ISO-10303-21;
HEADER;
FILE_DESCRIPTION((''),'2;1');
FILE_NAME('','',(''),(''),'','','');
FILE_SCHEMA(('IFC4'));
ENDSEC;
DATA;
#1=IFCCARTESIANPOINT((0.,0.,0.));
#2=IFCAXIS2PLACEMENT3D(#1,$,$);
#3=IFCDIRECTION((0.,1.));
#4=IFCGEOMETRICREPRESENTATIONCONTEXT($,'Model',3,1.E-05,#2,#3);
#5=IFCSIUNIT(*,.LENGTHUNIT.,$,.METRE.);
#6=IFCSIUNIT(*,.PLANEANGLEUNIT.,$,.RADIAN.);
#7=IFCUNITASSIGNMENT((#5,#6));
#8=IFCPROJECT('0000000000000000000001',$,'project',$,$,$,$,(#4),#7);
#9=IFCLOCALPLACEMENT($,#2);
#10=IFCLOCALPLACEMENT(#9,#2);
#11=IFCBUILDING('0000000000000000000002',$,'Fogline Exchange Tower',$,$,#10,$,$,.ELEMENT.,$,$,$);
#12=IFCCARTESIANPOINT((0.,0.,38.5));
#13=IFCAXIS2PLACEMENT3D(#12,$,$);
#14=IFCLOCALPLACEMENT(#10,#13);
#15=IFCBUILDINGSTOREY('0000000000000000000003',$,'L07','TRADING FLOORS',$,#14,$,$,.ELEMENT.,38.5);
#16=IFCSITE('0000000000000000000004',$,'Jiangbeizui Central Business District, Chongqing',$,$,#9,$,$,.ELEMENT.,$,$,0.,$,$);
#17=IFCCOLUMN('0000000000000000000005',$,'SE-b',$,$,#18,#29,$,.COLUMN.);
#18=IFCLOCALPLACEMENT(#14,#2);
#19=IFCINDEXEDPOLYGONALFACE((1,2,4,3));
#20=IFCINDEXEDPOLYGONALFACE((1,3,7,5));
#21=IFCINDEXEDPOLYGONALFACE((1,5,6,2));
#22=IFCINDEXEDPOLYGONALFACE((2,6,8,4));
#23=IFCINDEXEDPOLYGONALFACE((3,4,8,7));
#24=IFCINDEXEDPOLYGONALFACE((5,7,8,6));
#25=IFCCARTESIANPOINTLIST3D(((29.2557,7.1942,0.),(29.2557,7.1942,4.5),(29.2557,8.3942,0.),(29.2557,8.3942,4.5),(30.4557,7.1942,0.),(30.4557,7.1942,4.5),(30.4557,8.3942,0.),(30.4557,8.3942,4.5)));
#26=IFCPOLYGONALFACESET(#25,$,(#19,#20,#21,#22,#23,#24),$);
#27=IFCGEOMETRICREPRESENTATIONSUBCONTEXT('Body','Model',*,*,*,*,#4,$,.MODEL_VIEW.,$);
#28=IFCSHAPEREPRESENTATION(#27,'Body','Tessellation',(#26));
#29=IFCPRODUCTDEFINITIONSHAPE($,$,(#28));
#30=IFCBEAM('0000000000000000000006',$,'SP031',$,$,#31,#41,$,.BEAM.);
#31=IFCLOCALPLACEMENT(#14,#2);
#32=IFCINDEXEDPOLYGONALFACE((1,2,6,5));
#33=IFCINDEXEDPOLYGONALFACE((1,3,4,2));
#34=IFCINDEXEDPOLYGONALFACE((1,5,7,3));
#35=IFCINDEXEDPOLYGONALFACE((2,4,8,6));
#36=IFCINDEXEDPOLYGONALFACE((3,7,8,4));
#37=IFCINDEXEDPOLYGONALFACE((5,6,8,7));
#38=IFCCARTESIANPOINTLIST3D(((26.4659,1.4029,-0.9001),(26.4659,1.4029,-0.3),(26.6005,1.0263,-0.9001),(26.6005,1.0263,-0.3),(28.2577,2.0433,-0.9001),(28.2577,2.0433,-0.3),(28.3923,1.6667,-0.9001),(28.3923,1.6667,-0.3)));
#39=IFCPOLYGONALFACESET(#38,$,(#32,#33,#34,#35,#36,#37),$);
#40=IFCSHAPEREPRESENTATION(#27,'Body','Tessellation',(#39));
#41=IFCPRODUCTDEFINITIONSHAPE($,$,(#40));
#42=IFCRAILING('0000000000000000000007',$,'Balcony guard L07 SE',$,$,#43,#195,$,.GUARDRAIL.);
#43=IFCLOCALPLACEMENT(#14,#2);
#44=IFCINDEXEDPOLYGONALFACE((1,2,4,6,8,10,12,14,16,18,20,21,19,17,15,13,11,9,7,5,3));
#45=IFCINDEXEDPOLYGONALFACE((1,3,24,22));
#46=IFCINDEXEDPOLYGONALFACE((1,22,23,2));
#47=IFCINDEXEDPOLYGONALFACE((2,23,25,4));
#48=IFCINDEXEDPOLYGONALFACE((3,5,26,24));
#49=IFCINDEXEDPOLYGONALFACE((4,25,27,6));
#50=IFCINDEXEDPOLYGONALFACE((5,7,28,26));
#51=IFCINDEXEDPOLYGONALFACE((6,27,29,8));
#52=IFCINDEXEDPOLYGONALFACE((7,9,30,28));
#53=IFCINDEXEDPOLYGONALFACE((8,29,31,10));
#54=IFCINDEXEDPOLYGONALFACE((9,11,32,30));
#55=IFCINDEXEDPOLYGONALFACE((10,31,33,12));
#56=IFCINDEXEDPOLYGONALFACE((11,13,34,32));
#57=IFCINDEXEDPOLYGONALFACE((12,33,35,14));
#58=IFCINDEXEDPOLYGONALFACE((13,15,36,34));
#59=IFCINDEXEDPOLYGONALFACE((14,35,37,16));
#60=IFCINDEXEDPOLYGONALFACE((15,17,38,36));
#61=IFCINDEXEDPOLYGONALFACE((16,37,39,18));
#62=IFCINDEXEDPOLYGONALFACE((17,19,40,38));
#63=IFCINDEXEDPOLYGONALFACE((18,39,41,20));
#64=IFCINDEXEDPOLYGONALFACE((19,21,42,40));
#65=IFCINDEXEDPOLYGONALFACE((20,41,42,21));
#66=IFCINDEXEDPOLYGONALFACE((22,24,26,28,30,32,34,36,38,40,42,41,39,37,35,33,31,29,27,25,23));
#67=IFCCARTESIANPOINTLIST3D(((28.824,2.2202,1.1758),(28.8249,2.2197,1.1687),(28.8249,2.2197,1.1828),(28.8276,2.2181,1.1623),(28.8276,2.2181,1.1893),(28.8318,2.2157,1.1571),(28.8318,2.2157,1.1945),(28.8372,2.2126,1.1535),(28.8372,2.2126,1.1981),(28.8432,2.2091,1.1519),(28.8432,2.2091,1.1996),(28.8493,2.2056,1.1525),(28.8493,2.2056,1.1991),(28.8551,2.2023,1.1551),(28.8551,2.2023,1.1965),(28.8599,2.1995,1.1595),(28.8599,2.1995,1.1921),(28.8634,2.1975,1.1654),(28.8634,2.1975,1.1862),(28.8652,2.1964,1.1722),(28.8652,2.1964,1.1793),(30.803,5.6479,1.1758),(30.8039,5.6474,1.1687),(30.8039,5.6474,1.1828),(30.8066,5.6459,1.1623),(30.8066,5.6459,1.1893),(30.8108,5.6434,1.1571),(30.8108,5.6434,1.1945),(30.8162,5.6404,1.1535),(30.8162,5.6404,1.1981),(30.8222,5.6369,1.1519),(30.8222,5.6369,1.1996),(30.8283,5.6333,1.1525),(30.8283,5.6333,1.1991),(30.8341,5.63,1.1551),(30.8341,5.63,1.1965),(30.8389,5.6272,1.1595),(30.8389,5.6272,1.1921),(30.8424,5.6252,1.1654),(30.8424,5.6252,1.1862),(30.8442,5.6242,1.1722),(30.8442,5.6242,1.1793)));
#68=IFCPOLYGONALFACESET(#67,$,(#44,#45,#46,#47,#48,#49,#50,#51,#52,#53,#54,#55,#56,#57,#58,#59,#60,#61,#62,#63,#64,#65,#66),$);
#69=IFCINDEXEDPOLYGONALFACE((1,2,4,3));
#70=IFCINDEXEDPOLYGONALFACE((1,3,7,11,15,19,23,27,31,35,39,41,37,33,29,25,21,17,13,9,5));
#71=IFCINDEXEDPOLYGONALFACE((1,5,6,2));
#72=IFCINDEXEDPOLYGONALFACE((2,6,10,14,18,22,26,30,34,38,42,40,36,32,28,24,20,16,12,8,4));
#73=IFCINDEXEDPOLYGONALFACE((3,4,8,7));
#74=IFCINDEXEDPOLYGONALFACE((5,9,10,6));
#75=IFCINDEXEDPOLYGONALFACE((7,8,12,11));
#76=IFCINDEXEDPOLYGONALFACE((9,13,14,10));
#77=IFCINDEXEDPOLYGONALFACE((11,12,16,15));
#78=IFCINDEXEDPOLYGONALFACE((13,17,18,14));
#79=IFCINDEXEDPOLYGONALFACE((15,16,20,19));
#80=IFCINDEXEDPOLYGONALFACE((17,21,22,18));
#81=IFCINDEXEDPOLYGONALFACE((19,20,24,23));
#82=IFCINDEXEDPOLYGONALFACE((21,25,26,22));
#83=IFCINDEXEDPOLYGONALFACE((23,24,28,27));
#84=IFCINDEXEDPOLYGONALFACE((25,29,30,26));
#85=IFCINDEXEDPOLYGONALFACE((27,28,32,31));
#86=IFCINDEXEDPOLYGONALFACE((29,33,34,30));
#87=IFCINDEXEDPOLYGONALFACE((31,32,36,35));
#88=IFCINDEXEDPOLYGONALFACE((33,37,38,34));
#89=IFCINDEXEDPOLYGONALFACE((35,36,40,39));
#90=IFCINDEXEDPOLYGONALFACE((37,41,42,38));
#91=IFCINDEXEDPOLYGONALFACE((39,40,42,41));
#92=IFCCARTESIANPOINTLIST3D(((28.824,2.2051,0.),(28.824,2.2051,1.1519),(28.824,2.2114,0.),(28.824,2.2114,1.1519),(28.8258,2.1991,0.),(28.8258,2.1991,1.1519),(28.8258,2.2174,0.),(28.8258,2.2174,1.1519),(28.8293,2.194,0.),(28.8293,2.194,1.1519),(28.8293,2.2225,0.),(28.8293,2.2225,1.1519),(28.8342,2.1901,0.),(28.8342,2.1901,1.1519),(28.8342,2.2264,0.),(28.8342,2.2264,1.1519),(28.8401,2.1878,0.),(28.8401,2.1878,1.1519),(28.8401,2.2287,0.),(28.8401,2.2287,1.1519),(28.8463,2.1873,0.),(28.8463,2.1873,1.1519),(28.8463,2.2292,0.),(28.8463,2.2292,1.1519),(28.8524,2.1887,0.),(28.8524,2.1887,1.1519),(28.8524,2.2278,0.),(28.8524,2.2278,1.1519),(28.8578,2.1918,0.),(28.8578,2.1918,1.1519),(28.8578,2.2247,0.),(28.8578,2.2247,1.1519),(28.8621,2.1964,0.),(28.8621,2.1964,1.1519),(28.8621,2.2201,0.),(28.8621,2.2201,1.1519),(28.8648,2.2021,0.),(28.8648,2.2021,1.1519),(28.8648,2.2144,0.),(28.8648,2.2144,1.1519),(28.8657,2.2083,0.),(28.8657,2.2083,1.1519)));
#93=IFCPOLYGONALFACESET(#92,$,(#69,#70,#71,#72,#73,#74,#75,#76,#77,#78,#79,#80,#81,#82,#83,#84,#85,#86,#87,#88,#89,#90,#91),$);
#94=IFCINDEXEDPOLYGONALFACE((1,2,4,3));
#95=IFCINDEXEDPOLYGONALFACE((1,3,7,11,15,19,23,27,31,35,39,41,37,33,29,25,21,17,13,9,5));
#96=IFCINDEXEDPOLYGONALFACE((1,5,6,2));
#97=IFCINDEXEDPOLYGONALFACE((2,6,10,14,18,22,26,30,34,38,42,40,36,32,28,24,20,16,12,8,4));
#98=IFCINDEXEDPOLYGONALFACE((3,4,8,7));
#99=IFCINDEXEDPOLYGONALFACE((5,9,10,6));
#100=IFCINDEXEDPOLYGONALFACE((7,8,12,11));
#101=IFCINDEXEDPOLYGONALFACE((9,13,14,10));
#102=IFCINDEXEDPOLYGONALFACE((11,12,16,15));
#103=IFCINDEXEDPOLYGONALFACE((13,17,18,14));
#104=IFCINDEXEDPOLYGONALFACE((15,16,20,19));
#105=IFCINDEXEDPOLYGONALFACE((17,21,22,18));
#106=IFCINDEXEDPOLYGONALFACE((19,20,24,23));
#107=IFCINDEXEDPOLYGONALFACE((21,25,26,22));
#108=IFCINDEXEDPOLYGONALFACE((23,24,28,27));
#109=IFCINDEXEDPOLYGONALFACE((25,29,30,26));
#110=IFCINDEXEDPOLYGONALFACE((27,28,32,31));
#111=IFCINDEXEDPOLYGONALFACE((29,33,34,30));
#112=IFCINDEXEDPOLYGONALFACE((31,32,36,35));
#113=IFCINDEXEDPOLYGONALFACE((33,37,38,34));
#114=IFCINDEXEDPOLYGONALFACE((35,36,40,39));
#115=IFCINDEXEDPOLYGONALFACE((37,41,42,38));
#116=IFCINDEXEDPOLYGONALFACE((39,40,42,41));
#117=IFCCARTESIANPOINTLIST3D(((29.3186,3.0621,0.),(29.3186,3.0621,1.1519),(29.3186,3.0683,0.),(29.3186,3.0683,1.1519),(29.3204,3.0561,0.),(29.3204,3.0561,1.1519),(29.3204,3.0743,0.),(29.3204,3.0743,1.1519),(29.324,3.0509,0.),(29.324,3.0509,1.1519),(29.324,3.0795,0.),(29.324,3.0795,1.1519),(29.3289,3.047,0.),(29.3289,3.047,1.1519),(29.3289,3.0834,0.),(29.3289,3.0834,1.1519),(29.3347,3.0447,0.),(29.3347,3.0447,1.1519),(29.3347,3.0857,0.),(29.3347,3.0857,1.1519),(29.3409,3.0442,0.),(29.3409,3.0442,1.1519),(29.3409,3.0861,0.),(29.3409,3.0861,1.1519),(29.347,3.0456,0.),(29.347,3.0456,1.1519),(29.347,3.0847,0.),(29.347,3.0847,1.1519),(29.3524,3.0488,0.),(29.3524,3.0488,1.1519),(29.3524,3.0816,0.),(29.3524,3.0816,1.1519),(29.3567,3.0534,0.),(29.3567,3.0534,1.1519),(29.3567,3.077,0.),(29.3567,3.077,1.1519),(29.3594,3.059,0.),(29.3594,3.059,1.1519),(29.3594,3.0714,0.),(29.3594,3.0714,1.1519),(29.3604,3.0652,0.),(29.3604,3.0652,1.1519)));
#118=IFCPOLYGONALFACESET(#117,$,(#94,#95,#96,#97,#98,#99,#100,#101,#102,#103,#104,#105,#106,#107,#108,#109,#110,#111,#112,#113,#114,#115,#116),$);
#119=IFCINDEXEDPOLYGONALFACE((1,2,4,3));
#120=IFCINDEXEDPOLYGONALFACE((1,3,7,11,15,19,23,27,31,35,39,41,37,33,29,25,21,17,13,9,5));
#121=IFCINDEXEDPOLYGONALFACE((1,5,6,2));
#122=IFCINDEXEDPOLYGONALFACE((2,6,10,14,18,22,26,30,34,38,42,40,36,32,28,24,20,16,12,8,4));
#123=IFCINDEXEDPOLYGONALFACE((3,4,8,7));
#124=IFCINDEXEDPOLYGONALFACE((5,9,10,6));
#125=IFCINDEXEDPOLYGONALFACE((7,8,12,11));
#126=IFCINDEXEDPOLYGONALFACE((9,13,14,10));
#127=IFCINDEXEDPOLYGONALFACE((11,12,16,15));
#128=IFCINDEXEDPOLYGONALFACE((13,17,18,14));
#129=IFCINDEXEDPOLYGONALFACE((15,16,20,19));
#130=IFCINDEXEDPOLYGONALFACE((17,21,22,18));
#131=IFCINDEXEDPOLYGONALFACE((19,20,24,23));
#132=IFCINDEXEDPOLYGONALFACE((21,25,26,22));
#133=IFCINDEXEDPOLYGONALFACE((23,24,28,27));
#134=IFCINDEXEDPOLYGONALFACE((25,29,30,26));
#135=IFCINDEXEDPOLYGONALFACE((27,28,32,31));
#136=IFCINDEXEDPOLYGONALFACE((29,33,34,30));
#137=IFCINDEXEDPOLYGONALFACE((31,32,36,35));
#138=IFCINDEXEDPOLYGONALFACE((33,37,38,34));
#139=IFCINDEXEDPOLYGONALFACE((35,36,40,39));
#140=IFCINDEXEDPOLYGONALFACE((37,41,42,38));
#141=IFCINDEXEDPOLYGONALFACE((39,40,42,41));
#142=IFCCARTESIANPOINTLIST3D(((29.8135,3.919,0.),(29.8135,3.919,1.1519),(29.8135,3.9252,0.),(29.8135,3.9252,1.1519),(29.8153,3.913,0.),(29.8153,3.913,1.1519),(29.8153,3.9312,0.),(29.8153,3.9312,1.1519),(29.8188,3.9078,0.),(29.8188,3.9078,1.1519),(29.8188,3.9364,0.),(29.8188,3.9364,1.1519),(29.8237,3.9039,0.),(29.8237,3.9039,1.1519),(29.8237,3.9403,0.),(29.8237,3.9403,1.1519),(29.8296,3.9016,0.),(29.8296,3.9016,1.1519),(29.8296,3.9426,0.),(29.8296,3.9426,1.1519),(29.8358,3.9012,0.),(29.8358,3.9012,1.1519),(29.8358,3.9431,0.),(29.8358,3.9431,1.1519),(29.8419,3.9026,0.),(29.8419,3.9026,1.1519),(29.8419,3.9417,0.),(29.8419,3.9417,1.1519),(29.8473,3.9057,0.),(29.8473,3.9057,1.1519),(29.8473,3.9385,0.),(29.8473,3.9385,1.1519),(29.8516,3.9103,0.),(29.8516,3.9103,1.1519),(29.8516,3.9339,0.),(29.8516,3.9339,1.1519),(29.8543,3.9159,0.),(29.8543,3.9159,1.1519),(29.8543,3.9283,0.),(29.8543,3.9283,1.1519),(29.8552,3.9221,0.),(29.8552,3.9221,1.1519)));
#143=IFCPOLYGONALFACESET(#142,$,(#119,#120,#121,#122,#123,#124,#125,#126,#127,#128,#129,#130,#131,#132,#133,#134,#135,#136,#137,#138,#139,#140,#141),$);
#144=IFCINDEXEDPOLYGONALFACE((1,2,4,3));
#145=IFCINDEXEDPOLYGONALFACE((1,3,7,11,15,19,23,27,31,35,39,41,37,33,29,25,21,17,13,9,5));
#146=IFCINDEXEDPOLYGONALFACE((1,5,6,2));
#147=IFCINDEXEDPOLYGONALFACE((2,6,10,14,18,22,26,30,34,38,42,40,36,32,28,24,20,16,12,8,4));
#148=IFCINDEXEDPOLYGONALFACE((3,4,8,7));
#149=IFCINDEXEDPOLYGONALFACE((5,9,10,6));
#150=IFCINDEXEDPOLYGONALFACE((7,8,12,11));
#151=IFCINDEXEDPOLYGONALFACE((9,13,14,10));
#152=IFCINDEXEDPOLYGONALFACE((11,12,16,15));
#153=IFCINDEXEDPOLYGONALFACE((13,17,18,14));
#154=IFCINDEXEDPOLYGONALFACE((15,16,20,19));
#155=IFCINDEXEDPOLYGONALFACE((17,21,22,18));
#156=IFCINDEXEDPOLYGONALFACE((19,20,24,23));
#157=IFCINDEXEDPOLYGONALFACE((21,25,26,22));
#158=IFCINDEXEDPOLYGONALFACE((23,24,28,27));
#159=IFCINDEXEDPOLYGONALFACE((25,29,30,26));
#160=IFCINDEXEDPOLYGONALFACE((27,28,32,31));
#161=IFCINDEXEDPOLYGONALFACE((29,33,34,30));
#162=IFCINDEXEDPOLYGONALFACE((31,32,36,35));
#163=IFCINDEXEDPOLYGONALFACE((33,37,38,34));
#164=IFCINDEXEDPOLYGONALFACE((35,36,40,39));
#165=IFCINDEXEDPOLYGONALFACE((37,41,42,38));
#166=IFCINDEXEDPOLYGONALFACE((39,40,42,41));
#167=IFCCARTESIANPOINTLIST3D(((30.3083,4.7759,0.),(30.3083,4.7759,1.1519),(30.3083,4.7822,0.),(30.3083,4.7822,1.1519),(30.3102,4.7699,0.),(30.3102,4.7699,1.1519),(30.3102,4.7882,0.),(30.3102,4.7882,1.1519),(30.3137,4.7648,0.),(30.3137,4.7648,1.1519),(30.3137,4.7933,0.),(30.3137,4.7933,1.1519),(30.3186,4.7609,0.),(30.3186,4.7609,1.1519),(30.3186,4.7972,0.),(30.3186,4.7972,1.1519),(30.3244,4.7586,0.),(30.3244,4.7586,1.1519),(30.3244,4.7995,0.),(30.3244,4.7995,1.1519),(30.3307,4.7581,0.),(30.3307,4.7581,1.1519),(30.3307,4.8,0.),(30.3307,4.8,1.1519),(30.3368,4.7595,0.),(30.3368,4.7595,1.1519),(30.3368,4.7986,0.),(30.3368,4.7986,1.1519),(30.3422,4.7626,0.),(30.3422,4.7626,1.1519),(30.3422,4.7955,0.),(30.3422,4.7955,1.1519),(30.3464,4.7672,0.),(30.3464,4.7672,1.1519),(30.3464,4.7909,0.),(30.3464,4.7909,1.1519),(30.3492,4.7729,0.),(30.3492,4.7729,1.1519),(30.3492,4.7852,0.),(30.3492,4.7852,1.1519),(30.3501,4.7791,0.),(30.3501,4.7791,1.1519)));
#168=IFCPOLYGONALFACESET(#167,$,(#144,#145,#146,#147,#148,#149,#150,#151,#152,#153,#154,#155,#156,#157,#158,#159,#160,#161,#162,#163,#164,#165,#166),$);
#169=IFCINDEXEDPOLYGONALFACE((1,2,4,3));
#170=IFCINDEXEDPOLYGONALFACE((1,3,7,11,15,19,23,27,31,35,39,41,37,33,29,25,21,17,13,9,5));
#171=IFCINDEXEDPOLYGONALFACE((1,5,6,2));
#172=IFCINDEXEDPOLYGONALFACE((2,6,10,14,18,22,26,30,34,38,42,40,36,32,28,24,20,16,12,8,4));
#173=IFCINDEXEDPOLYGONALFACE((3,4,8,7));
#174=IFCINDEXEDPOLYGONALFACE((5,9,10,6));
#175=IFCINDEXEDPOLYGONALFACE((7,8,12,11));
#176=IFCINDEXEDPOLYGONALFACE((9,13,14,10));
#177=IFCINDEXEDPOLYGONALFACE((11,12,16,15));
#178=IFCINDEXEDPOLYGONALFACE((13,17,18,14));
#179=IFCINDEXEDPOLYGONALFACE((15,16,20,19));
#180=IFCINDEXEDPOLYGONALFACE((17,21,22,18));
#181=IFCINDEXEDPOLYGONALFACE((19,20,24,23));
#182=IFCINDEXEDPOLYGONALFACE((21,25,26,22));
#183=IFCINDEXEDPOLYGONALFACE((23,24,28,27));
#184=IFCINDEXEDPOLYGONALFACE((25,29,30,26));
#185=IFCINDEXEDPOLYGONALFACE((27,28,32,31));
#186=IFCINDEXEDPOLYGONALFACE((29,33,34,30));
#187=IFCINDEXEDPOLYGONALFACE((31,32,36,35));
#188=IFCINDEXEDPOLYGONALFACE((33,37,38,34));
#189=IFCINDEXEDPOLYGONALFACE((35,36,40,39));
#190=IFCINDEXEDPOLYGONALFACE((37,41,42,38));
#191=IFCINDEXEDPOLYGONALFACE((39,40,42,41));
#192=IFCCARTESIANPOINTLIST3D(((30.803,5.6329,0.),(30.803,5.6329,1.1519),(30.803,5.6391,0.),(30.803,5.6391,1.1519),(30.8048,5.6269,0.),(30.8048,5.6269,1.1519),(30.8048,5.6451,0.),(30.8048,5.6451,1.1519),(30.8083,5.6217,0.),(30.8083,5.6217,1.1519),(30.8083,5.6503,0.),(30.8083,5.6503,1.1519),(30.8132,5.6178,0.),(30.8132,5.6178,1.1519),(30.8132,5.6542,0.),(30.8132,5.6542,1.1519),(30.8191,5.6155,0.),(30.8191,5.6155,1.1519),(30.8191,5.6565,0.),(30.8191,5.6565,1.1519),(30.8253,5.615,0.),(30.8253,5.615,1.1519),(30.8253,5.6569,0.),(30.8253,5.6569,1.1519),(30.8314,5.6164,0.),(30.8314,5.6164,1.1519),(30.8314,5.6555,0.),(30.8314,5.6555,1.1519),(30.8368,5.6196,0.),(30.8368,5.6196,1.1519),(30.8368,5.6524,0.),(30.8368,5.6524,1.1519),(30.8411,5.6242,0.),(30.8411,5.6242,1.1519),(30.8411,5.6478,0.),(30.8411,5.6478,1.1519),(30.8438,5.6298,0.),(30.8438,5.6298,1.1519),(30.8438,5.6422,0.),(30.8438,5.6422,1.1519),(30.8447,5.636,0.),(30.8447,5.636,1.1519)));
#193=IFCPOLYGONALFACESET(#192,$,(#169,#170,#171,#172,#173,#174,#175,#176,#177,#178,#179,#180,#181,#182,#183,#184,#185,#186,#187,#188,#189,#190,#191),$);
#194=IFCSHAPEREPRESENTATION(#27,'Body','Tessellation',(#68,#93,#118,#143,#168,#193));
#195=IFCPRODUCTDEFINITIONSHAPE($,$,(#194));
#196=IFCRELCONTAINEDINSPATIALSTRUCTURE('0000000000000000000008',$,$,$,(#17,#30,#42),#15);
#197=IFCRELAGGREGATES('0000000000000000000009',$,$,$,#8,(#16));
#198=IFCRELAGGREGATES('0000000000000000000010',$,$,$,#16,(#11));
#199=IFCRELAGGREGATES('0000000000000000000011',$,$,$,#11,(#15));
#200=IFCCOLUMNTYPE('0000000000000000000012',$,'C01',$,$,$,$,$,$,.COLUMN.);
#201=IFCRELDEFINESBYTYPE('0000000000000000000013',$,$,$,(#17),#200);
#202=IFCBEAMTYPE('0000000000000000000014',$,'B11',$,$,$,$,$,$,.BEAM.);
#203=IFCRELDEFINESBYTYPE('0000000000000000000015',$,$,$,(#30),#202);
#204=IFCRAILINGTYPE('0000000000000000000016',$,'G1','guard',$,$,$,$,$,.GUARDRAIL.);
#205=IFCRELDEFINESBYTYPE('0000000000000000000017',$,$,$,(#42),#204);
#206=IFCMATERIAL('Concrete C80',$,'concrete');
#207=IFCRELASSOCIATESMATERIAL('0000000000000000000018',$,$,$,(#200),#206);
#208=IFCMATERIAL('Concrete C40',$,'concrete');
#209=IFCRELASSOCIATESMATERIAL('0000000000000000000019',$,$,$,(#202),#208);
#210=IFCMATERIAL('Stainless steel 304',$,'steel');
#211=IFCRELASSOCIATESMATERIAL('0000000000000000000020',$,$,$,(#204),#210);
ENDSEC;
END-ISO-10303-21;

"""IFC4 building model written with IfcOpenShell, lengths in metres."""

from ifc_helpers import new_model, si_unit, direction, frame, origin, origin_2d, place, context, subcontext, project, spatial, rectangle, circle, extrude, material, material_profile, profile_set, type_object, element, save


model = new_model("IFC4")

# Units and contexts
model_context = context("Model", 3, precision=1e-05, world=origin(), true_north=direction((0.0, 1.0)))
body_context = subcontext(model_context, "Body", "Model", "MODEL_VIEW")
ifc_project = project(units=[si_unit("LENGTHUNIT", "METRE"), si_unit("PLANEANGLEUNIT", "RADIAN")], contexts=[model_context])

# Site, building, storey
site_placement = place(None, origin())
site = spatial("IfcSite", under=ifc_project, at=site_placement, Name="Jiangbeizui Central Business District, Chongqing", CompositionType="ELEMENT", RefElevation=0.0)
building_placement = place(site_placement, origin())
building = spatial("IfcBuilding", under=site, at=building_placement, Name="Fogline Exchange Tower", CompositionType="ELEMENT")
storey_placement = place(building_placement, frame((0.0, 0.0, 38.5)))
storey = spatial("IfcBuildingStorey", under=building, at=storey_placement, Name="L07", Description="TRADING FLOORS", CompositionType="ELEMENT", Elevation=38.5)

# Column
ifc_material_1 = material(Name="Concrete C80", Category="concrete")
ifc_material_profile_1 = material_profile(ifc_material_1, rectangle(XDim=1.2, YDim=1.2, at=origin_2d()), Name="RC 1200x1200")
ifc_profile_set_1 = profile_set([ifc_material_profile_1], Name="Concrete C80")
column_type = type_object("IfcColumnType", Name="C01", PredefinedType="COLUMN", material=ifc_profile_set_1)
column_placement = place(storey_placement, frame((29.8557, 7.7942, 0.0), z_axis=(0.0, 0.0, 1.0), x_axis=(1.0, 0.0, 0.0)))
element("IfcColumn", 1, at=column_placement, inside=storey, type_object=column_type, Name="SE-b", PredefinedType="COLUMN", context=body_context, shape_type="SweptSolid", body=[
    extrude(rectangle(XDim=1.2, YDim=1.2, at=origin_2d()), origin(), (0.0, 0.0, 1.0), 4.5),
])

# Beam
ifc_material_2 = material(Name="Concrete C40", Category="concrete")
ifc_material_profile_2 = material_profile(ifc_material_2, rectangle(XDim=0.3999, YDim=0.6001, at=origin_2d()), Name="RC 400x600")
ifc_profile_set_2 = profile_set([ifc_material_profile_2], Name="Concrete C40")
beam_type = type_object("IfcBeamType", Name="B11", PredefinedType="BEAM", material=ifc_profile_set_2)
beam_placement = place(storey_placement, frame((26.5332, 1.2146, -0.6001), z_axis=(0.941664, 0.336556, 0.0), x_axis=(-0.336556, 0.941664, 0.0)))
element("IfcBeam", 2, at=beam_placement, inside=storey, type_object=beam_type, Name="SP031", PredefinedType="BEAM", context=body_context, shape_type="SweptSolid", body=[
    extrude(rectangle(XDim=0.3999, YDim=0.6001, at=origin_2d()), origin(), (0.0, 0.0, 1.0), 1.9028),
])

# Railing
ifc_material_3 = material(Name="Stainless steel 304", Category="steel")
railing_type = type_object("IfcRailingType", Name="G1", Description="guard", PredefinedType="GUARDRAIL", material=ifc_material_3)
railing_placement = place(storey_placement, frame((28.8447, 2.2083, 0.0)))
element("IfcRailing", 3, at=railing_placement, inside=storey, type_object=railing_type, Name="Balcony guard L07 SE", PredefinedType="GUARDRAIL", context=body_context, shape_type="SweptSolid", body=[
    extrude(circle(Radius=0.0239, at=origin_2d()), frame((0.0, 0.0, 1.1758), z_axis=(0.5, 0.866025, 0.0), x_axis=(-0.866025, 0.5, 0.0)), (0.0, 0.0, 1.0), 3.958),
    extrude(circle(Radius=0.021, at=origin_2d()), origin(), (0.0, 0.0, 1.0), 1.1519),
    extrude(circle(Radius=0.021, at=origin_2d()), frame((0.4946, 0.8569, 0.0)), (0.0, 0.0, 1.0), 1.1519),
    extrude(circle(Radius=0.021, at=origin_2d()), frame((0.9895, 1.7139, 0.0)), (0.0, 0.0, 1.0), 1.1519),
    extrude(circle(Radius=0.021, at=origin_2d()), frame((1.4844, 2.5708, 0.0)), (0.0, 0.0, 1.0), 1.1519),
    extrude(circle(Radius=0.021, at=origin_2d()), frame((1.979, 3.4277, 0.0)), (0.0, 0.0, 1.0), 1.1519),
])

save(model, "model.ifc")
